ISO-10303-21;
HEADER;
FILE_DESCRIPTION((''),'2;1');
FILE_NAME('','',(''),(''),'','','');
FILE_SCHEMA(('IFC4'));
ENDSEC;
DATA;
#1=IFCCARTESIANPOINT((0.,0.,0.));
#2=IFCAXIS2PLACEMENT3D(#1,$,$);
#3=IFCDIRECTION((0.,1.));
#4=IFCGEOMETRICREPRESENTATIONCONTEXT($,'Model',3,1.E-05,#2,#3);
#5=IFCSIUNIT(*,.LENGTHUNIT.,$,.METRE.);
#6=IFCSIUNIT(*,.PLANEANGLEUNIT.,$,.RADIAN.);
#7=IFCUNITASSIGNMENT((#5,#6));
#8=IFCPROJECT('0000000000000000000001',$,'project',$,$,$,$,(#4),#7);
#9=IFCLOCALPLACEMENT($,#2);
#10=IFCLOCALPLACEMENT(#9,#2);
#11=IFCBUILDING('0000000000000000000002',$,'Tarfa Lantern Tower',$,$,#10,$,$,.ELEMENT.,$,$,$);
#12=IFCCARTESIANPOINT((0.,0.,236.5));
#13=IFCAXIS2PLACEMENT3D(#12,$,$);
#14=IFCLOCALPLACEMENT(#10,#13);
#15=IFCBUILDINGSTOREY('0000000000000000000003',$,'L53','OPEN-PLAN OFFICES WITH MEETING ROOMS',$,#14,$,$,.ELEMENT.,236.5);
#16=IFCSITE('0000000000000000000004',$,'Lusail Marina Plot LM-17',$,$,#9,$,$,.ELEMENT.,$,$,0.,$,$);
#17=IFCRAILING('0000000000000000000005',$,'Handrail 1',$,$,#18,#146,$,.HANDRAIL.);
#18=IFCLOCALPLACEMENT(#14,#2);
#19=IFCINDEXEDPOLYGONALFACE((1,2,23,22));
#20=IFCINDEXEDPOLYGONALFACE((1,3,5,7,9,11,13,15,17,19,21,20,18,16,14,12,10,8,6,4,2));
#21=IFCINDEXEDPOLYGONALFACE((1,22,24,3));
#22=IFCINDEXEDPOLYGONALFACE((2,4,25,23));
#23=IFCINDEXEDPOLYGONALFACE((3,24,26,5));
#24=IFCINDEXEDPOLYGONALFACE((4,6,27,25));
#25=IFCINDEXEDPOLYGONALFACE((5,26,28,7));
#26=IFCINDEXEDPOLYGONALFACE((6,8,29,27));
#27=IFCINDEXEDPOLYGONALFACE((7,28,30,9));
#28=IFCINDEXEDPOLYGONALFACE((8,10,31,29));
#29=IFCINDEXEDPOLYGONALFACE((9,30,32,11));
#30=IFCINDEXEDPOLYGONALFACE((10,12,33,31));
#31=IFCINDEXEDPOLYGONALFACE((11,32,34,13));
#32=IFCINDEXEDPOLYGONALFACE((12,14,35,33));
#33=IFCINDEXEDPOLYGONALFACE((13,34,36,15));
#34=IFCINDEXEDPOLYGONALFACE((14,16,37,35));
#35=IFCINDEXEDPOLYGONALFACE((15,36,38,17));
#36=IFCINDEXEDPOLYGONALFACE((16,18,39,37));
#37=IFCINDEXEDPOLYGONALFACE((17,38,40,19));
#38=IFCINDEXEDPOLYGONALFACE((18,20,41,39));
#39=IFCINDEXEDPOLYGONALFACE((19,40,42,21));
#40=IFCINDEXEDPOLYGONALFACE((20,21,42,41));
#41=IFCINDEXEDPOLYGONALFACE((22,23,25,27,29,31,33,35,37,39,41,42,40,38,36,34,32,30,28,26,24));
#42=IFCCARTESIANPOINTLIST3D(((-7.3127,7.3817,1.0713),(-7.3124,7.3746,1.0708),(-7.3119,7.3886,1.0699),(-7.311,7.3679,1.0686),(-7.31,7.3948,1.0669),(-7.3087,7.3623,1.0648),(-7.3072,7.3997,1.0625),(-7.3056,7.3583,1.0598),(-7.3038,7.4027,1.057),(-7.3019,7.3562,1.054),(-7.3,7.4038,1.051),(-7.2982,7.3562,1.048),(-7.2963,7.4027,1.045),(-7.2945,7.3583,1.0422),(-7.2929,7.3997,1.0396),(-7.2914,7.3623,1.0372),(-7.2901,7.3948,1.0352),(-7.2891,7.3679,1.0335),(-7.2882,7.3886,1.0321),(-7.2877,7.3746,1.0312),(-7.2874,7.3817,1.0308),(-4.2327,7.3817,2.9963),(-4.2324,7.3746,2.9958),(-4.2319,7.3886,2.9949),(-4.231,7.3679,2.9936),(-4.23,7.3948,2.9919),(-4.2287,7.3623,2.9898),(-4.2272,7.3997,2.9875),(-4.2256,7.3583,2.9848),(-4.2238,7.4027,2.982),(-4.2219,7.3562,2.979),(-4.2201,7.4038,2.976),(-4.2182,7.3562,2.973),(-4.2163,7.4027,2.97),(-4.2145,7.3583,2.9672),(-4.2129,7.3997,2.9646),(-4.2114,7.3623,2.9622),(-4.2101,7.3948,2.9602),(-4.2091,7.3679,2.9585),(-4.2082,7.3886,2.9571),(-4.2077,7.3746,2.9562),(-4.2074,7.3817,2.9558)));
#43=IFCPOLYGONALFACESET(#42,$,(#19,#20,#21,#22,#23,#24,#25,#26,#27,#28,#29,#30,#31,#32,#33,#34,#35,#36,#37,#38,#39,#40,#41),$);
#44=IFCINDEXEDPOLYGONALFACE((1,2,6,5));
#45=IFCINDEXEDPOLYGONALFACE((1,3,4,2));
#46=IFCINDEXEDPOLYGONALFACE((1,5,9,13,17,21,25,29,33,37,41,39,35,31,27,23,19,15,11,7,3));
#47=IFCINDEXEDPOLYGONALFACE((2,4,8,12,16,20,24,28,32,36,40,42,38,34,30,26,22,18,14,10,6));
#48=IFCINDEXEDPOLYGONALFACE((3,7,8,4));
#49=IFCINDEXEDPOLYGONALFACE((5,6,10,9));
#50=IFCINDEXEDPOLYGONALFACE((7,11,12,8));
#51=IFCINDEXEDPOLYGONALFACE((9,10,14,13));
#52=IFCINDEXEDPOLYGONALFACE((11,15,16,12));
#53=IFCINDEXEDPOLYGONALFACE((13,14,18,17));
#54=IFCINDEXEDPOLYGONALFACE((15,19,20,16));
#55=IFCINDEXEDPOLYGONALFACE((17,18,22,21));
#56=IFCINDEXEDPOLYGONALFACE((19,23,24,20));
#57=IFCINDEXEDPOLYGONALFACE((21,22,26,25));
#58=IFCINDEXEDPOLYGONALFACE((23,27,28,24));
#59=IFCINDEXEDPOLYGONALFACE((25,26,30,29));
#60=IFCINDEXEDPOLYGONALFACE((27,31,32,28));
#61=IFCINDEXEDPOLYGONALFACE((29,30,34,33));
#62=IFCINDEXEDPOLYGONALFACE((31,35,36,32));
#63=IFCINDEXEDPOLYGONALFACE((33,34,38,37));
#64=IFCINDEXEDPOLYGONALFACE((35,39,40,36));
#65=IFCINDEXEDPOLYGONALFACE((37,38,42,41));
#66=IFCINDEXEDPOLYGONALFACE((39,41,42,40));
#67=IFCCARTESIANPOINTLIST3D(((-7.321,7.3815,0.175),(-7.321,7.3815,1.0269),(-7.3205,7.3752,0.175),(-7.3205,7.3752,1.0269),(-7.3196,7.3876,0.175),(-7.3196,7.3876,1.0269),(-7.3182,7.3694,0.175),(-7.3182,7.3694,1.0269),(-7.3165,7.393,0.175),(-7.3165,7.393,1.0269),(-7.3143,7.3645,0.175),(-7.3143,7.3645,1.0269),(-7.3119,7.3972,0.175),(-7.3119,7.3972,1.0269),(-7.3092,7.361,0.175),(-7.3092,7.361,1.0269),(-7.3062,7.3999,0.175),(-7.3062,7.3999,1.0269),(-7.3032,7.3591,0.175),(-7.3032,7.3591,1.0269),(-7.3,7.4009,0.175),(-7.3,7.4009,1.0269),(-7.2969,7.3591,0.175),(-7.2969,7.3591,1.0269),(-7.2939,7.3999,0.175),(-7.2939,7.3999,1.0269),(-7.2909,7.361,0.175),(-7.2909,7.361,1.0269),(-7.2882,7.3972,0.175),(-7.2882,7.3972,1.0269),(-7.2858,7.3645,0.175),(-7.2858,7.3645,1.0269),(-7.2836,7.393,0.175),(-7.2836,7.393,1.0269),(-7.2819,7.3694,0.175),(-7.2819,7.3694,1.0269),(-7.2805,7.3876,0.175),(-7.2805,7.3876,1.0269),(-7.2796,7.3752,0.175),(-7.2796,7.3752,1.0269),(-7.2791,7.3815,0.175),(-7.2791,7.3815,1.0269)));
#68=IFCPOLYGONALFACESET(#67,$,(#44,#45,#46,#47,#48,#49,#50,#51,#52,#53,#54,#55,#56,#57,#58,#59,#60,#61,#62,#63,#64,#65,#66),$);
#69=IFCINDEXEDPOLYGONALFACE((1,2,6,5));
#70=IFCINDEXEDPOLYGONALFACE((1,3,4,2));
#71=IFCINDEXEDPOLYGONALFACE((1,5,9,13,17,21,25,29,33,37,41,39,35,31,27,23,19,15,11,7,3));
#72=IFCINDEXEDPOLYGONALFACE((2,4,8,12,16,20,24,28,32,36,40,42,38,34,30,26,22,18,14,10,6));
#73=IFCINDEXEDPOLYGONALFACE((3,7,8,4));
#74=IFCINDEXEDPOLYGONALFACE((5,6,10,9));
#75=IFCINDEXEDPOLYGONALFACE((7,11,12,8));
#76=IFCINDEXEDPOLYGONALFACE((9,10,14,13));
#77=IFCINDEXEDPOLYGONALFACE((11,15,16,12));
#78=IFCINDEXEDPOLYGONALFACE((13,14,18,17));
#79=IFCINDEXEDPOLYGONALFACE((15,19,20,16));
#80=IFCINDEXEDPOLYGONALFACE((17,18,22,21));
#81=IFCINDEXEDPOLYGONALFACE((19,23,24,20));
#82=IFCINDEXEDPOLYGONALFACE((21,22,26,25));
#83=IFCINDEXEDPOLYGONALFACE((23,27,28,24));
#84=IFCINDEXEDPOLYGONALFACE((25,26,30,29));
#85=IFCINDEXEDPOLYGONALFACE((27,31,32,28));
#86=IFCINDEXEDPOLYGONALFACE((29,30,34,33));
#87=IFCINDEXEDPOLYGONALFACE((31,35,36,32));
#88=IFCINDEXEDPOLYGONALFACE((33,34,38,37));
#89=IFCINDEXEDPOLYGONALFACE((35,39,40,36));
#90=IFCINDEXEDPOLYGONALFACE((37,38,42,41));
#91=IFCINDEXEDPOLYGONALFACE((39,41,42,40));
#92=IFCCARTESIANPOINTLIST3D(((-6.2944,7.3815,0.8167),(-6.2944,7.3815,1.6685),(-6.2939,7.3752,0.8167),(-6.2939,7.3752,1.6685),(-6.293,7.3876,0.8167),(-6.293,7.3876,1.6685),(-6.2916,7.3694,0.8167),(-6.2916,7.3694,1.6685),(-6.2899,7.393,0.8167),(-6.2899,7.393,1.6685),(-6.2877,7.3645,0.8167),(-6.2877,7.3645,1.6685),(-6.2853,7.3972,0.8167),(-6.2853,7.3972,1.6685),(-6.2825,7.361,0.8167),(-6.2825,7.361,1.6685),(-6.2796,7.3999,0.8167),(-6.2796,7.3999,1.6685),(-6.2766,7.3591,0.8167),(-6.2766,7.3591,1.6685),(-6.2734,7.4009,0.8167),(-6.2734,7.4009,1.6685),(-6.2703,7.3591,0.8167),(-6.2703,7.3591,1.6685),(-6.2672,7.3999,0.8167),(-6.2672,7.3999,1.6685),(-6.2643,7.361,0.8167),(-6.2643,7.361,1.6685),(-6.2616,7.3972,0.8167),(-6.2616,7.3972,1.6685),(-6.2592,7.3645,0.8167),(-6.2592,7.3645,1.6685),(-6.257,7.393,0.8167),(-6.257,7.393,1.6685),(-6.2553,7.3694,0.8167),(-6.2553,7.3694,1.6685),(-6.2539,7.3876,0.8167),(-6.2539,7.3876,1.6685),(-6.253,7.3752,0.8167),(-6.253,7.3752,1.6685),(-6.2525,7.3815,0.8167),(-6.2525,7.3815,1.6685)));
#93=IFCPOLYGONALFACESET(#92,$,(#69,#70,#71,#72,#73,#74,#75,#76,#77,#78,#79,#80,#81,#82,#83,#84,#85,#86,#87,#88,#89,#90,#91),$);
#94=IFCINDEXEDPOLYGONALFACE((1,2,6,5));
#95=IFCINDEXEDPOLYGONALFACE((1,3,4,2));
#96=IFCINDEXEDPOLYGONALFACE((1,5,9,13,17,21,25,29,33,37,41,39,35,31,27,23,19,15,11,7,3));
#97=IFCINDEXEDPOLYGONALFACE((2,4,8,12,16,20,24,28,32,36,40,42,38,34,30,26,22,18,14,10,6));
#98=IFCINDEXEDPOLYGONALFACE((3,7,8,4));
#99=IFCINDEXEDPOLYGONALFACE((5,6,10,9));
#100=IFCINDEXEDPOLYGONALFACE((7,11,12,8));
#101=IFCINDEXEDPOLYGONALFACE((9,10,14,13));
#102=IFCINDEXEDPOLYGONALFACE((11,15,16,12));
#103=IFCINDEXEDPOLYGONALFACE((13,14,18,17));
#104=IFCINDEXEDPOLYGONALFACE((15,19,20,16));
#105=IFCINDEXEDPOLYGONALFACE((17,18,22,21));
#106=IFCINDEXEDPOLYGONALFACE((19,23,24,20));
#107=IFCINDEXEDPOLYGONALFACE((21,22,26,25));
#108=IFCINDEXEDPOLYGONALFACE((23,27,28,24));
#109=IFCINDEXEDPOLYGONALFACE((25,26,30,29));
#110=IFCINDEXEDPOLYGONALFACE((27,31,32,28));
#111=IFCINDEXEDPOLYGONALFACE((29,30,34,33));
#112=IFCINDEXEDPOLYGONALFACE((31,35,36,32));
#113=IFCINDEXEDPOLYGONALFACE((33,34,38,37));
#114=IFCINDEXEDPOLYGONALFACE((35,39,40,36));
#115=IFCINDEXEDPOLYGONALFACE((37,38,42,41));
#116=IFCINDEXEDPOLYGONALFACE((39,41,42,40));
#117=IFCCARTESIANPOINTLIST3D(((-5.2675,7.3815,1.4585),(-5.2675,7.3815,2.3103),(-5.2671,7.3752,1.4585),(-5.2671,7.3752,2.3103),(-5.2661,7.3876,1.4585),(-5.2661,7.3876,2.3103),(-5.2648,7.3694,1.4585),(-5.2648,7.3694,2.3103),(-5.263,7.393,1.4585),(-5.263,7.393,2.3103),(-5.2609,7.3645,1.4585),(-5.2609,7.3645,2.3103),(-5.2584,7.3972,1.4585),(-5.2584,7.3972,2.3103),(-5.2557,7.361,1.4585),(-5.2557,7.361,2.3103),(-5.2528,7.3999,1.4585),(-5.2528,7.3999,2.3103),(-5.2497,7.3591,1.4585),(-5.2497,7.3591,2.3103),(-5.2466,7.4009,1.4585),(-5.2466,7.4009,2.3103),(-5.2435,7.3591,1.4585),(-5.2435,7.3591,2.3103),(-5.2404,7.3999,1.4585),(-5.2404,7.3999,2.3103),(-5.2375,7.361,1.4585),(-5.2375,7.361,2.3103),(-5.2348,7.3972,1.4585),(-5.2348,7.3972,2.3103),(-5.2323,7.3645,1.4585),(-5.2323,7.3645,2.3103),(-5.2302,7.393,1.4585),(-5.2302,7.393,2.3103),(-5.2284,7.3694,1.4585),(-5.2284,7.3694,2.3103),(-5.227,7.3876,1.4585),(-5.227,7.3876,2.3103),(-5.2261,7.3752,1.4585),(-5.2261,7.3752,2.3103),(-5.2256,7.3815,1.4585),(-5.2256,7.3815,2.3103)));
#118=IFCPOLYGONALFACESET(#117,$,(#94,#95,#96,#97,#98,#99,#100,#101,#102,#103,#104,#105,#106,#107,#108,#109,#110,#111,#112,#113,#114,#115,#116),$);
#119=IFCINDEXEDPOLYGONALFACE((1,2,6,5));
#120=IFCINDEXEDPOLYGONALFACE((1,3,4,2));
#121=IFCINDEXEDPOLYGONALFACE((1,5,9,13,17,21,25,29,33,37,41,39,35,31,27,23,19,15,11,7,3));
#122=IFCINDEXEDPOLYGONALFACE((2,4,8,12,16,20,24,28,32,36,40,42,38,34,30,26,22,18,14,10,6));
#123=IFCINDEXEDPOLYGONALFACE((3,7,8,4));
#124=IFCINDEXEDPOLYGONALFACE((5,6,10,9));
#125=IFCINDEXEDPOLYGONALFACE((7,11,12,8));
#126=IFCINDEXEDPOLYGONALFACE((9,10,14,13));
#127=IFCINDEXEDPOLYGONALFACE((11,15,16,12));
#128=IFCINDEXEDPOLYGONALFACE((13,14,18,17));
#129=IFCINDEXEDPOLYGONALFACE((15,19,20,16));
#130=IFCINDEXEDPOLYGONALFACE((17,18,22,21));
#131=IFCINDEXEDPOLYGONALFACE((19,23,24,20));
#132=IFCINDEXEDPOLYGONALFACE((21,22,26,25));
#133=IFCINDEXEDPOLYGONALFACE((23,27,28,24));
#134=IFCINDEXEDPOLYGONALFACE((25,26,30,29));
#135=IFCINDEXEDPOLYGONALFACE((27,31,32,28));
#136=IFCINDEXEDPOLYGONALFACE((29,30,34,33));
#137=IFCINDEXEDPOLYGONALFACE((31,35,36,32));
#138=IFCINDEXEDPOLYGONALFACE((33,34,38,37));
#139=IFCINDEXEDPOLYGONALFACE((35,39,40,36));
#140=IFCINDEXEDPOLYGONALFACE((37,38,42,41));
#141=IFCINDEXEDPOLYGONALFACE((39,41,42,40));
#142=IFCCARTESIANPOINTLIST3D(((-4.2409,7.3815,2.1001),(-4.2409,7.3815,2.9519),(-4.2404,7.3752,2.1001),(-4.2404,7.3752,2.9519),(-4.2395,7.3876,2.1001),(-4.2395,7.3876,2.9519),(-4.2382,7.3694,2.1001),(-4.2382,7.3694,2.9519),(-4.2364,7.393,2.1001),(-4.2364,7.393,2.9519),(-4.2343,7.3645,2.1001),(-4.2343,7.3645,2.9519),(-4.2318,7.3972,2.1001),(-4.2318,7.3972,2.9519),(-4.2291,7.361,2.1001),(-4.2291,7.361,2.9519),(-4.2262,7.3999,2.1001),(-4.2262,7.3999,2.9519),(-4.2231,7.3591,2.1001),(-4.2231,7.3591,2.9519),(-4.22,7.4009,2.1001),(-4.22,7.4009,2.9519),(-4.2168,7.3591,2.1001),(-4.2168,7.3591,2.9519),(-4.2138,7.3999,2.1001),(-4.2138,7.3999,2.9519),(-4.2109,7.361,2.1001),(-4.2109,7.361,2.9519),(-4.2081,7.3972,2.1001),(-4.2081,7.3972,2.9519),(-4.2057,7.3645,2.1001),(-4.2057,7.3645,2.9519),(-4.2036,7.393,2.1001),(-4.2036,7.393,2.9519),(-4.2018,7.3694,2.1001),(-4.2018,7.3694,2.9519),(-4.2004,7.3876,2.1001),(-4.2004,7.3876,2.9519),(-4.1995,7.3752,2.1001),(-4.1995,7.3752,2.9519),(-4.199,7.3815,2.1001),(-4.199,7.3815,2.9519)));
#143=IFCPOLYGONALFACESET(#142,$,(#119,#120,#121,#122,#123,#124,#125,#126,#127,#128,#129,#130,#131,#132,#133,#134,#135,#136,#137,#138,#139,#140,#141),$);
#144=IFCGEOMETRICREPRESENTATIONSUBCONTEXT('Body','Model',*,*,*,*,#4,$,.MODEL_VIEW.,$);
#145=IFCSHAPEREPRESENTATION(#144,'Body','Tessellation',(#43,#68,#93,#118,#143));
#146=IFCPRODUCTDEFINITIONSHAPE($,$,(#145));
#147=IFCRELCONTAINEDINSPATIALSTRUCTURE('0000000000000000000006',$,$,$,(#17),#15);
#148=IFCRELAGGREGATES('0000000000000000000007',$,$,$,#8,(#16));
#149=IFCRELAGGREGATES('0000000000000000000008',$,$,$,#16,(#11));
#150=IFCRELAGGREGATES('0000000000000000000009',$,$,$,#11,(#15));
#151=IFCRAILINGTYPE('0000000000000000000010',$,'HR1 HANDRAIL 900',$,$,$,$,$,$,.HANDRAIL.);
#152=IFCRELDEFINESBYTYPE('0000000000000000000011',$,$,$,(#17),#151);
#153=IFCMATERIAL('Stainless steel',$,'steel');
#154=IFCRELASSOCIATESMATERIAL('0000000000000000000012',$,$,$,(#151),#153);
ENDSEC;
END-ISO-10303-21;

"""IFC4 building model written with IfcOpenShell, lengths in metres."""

from ifc_helpers import new_model, si_unit, direction, frame, origin, origin_2d, place, context, subcontext, project, spatial, circle, extrude, material, type_object, element, save


model = new_model("IFC4")

# Units and contexts
model_context = context("Model", 3, precision=1e-05, world=origin(), true_north=direction((0.0, 1.0)))
body_context = subcontext(model_context, "Body", "Model", "MODEL_VIEW")
ifc_project = project(units=[si_unit("LENGTHUNIT", "METRE"), si_unit("PLANEANGLEUNIT", "RADIAN")], contexts=[model_context])

# Site, building, storey
site_placement = place(None, origin())
site = spatial("IfcSite", under=ifc_project, at=site_placement, Name="Lusail Marina Plot LM-17", CompositionType="ELEMENT", RefElevation=0.0)
building_placement = place(site_placement, origin())
building = spatial("IfcBuilding", under=site, at=building_placement, Name="Tarfa Lantern Tower", CompositionType="ELEMENT")
storey_placement = place(building_placement, frame((0.0, 0.0, 236.5)))
storey = spatial("IfcBuildingStorey", under=building, at=storey_placement, Name="L53", Description="OPEN-PLAN OFFICES WITH MEETING ROOMS", CompositionType="ELEMENT", Elevation=236.5)

# Railing
ifc_material_1 = material(Name="Stainless steel", Category="steel")
railing_type = type_object("IfcRailingType", Name="HR1 HANDRAIL 900", PredefinedType="HANDRAIL", material=ifc_material_1)
railing_1_placement = place(storey_placement, frame((-7.3, 7.3799, 0.175)))
element("IfcRailing", 1, at=railing_1_placement, inside=storey, type_object=railing_type, Name="Handrail 1", PredefinedType="HANDRAIL", context=body_context, shape_type="SweptSolid", body=[
    extrude(circle(Radius=0.0239, at=origin_2d()), frame((0.0, 0.0, 0.876), z_axis=(0.847998, 0.0, 0.529999), x_axis=(0.0, 1.0, 0.0)), (0.0, 0.0, 1.0), 3.6321),
    extrude(circle(Radius=0.021, at=origin_2d()), frame((0.0, 0.0, 0.0), z_axis=(0.0, 0.0, 1.0), x_axis=(0.0, 1.0, 0.0)), (0.0, 0.0, 1.0), 0.8518),
    extrude(circle(Radius=0.021, at=origin_2d()), frame((1.0266, 0.0, 0.6416), z_axis=(0.0, 0.0, 1.0), x_axis=(0.0, 1.0, 0.0)), (0.0, 0.0, 1.0), 0.8518),
    extrude(circle(Radius=0.021, at=origin_2d()), frame((2.0535, 0.0, 1.2834), z_axis=(0.0, 0.0, 1.0), x_axis=(0.0, 1.0, 0.0)), (0.0, 0.0, 1.0), 0.8518),
    extrude(circle(Radius=0.021, at=origin_2d()), frame((3.0801, 0.0, 1.925), z_axis=(0.0, 0.0, 1.0), x_axis=(0.0, 1.0, 0.0)), (0.0, 0.0, 1.0), 0.8518),
])

save(model, "model.ifc")
